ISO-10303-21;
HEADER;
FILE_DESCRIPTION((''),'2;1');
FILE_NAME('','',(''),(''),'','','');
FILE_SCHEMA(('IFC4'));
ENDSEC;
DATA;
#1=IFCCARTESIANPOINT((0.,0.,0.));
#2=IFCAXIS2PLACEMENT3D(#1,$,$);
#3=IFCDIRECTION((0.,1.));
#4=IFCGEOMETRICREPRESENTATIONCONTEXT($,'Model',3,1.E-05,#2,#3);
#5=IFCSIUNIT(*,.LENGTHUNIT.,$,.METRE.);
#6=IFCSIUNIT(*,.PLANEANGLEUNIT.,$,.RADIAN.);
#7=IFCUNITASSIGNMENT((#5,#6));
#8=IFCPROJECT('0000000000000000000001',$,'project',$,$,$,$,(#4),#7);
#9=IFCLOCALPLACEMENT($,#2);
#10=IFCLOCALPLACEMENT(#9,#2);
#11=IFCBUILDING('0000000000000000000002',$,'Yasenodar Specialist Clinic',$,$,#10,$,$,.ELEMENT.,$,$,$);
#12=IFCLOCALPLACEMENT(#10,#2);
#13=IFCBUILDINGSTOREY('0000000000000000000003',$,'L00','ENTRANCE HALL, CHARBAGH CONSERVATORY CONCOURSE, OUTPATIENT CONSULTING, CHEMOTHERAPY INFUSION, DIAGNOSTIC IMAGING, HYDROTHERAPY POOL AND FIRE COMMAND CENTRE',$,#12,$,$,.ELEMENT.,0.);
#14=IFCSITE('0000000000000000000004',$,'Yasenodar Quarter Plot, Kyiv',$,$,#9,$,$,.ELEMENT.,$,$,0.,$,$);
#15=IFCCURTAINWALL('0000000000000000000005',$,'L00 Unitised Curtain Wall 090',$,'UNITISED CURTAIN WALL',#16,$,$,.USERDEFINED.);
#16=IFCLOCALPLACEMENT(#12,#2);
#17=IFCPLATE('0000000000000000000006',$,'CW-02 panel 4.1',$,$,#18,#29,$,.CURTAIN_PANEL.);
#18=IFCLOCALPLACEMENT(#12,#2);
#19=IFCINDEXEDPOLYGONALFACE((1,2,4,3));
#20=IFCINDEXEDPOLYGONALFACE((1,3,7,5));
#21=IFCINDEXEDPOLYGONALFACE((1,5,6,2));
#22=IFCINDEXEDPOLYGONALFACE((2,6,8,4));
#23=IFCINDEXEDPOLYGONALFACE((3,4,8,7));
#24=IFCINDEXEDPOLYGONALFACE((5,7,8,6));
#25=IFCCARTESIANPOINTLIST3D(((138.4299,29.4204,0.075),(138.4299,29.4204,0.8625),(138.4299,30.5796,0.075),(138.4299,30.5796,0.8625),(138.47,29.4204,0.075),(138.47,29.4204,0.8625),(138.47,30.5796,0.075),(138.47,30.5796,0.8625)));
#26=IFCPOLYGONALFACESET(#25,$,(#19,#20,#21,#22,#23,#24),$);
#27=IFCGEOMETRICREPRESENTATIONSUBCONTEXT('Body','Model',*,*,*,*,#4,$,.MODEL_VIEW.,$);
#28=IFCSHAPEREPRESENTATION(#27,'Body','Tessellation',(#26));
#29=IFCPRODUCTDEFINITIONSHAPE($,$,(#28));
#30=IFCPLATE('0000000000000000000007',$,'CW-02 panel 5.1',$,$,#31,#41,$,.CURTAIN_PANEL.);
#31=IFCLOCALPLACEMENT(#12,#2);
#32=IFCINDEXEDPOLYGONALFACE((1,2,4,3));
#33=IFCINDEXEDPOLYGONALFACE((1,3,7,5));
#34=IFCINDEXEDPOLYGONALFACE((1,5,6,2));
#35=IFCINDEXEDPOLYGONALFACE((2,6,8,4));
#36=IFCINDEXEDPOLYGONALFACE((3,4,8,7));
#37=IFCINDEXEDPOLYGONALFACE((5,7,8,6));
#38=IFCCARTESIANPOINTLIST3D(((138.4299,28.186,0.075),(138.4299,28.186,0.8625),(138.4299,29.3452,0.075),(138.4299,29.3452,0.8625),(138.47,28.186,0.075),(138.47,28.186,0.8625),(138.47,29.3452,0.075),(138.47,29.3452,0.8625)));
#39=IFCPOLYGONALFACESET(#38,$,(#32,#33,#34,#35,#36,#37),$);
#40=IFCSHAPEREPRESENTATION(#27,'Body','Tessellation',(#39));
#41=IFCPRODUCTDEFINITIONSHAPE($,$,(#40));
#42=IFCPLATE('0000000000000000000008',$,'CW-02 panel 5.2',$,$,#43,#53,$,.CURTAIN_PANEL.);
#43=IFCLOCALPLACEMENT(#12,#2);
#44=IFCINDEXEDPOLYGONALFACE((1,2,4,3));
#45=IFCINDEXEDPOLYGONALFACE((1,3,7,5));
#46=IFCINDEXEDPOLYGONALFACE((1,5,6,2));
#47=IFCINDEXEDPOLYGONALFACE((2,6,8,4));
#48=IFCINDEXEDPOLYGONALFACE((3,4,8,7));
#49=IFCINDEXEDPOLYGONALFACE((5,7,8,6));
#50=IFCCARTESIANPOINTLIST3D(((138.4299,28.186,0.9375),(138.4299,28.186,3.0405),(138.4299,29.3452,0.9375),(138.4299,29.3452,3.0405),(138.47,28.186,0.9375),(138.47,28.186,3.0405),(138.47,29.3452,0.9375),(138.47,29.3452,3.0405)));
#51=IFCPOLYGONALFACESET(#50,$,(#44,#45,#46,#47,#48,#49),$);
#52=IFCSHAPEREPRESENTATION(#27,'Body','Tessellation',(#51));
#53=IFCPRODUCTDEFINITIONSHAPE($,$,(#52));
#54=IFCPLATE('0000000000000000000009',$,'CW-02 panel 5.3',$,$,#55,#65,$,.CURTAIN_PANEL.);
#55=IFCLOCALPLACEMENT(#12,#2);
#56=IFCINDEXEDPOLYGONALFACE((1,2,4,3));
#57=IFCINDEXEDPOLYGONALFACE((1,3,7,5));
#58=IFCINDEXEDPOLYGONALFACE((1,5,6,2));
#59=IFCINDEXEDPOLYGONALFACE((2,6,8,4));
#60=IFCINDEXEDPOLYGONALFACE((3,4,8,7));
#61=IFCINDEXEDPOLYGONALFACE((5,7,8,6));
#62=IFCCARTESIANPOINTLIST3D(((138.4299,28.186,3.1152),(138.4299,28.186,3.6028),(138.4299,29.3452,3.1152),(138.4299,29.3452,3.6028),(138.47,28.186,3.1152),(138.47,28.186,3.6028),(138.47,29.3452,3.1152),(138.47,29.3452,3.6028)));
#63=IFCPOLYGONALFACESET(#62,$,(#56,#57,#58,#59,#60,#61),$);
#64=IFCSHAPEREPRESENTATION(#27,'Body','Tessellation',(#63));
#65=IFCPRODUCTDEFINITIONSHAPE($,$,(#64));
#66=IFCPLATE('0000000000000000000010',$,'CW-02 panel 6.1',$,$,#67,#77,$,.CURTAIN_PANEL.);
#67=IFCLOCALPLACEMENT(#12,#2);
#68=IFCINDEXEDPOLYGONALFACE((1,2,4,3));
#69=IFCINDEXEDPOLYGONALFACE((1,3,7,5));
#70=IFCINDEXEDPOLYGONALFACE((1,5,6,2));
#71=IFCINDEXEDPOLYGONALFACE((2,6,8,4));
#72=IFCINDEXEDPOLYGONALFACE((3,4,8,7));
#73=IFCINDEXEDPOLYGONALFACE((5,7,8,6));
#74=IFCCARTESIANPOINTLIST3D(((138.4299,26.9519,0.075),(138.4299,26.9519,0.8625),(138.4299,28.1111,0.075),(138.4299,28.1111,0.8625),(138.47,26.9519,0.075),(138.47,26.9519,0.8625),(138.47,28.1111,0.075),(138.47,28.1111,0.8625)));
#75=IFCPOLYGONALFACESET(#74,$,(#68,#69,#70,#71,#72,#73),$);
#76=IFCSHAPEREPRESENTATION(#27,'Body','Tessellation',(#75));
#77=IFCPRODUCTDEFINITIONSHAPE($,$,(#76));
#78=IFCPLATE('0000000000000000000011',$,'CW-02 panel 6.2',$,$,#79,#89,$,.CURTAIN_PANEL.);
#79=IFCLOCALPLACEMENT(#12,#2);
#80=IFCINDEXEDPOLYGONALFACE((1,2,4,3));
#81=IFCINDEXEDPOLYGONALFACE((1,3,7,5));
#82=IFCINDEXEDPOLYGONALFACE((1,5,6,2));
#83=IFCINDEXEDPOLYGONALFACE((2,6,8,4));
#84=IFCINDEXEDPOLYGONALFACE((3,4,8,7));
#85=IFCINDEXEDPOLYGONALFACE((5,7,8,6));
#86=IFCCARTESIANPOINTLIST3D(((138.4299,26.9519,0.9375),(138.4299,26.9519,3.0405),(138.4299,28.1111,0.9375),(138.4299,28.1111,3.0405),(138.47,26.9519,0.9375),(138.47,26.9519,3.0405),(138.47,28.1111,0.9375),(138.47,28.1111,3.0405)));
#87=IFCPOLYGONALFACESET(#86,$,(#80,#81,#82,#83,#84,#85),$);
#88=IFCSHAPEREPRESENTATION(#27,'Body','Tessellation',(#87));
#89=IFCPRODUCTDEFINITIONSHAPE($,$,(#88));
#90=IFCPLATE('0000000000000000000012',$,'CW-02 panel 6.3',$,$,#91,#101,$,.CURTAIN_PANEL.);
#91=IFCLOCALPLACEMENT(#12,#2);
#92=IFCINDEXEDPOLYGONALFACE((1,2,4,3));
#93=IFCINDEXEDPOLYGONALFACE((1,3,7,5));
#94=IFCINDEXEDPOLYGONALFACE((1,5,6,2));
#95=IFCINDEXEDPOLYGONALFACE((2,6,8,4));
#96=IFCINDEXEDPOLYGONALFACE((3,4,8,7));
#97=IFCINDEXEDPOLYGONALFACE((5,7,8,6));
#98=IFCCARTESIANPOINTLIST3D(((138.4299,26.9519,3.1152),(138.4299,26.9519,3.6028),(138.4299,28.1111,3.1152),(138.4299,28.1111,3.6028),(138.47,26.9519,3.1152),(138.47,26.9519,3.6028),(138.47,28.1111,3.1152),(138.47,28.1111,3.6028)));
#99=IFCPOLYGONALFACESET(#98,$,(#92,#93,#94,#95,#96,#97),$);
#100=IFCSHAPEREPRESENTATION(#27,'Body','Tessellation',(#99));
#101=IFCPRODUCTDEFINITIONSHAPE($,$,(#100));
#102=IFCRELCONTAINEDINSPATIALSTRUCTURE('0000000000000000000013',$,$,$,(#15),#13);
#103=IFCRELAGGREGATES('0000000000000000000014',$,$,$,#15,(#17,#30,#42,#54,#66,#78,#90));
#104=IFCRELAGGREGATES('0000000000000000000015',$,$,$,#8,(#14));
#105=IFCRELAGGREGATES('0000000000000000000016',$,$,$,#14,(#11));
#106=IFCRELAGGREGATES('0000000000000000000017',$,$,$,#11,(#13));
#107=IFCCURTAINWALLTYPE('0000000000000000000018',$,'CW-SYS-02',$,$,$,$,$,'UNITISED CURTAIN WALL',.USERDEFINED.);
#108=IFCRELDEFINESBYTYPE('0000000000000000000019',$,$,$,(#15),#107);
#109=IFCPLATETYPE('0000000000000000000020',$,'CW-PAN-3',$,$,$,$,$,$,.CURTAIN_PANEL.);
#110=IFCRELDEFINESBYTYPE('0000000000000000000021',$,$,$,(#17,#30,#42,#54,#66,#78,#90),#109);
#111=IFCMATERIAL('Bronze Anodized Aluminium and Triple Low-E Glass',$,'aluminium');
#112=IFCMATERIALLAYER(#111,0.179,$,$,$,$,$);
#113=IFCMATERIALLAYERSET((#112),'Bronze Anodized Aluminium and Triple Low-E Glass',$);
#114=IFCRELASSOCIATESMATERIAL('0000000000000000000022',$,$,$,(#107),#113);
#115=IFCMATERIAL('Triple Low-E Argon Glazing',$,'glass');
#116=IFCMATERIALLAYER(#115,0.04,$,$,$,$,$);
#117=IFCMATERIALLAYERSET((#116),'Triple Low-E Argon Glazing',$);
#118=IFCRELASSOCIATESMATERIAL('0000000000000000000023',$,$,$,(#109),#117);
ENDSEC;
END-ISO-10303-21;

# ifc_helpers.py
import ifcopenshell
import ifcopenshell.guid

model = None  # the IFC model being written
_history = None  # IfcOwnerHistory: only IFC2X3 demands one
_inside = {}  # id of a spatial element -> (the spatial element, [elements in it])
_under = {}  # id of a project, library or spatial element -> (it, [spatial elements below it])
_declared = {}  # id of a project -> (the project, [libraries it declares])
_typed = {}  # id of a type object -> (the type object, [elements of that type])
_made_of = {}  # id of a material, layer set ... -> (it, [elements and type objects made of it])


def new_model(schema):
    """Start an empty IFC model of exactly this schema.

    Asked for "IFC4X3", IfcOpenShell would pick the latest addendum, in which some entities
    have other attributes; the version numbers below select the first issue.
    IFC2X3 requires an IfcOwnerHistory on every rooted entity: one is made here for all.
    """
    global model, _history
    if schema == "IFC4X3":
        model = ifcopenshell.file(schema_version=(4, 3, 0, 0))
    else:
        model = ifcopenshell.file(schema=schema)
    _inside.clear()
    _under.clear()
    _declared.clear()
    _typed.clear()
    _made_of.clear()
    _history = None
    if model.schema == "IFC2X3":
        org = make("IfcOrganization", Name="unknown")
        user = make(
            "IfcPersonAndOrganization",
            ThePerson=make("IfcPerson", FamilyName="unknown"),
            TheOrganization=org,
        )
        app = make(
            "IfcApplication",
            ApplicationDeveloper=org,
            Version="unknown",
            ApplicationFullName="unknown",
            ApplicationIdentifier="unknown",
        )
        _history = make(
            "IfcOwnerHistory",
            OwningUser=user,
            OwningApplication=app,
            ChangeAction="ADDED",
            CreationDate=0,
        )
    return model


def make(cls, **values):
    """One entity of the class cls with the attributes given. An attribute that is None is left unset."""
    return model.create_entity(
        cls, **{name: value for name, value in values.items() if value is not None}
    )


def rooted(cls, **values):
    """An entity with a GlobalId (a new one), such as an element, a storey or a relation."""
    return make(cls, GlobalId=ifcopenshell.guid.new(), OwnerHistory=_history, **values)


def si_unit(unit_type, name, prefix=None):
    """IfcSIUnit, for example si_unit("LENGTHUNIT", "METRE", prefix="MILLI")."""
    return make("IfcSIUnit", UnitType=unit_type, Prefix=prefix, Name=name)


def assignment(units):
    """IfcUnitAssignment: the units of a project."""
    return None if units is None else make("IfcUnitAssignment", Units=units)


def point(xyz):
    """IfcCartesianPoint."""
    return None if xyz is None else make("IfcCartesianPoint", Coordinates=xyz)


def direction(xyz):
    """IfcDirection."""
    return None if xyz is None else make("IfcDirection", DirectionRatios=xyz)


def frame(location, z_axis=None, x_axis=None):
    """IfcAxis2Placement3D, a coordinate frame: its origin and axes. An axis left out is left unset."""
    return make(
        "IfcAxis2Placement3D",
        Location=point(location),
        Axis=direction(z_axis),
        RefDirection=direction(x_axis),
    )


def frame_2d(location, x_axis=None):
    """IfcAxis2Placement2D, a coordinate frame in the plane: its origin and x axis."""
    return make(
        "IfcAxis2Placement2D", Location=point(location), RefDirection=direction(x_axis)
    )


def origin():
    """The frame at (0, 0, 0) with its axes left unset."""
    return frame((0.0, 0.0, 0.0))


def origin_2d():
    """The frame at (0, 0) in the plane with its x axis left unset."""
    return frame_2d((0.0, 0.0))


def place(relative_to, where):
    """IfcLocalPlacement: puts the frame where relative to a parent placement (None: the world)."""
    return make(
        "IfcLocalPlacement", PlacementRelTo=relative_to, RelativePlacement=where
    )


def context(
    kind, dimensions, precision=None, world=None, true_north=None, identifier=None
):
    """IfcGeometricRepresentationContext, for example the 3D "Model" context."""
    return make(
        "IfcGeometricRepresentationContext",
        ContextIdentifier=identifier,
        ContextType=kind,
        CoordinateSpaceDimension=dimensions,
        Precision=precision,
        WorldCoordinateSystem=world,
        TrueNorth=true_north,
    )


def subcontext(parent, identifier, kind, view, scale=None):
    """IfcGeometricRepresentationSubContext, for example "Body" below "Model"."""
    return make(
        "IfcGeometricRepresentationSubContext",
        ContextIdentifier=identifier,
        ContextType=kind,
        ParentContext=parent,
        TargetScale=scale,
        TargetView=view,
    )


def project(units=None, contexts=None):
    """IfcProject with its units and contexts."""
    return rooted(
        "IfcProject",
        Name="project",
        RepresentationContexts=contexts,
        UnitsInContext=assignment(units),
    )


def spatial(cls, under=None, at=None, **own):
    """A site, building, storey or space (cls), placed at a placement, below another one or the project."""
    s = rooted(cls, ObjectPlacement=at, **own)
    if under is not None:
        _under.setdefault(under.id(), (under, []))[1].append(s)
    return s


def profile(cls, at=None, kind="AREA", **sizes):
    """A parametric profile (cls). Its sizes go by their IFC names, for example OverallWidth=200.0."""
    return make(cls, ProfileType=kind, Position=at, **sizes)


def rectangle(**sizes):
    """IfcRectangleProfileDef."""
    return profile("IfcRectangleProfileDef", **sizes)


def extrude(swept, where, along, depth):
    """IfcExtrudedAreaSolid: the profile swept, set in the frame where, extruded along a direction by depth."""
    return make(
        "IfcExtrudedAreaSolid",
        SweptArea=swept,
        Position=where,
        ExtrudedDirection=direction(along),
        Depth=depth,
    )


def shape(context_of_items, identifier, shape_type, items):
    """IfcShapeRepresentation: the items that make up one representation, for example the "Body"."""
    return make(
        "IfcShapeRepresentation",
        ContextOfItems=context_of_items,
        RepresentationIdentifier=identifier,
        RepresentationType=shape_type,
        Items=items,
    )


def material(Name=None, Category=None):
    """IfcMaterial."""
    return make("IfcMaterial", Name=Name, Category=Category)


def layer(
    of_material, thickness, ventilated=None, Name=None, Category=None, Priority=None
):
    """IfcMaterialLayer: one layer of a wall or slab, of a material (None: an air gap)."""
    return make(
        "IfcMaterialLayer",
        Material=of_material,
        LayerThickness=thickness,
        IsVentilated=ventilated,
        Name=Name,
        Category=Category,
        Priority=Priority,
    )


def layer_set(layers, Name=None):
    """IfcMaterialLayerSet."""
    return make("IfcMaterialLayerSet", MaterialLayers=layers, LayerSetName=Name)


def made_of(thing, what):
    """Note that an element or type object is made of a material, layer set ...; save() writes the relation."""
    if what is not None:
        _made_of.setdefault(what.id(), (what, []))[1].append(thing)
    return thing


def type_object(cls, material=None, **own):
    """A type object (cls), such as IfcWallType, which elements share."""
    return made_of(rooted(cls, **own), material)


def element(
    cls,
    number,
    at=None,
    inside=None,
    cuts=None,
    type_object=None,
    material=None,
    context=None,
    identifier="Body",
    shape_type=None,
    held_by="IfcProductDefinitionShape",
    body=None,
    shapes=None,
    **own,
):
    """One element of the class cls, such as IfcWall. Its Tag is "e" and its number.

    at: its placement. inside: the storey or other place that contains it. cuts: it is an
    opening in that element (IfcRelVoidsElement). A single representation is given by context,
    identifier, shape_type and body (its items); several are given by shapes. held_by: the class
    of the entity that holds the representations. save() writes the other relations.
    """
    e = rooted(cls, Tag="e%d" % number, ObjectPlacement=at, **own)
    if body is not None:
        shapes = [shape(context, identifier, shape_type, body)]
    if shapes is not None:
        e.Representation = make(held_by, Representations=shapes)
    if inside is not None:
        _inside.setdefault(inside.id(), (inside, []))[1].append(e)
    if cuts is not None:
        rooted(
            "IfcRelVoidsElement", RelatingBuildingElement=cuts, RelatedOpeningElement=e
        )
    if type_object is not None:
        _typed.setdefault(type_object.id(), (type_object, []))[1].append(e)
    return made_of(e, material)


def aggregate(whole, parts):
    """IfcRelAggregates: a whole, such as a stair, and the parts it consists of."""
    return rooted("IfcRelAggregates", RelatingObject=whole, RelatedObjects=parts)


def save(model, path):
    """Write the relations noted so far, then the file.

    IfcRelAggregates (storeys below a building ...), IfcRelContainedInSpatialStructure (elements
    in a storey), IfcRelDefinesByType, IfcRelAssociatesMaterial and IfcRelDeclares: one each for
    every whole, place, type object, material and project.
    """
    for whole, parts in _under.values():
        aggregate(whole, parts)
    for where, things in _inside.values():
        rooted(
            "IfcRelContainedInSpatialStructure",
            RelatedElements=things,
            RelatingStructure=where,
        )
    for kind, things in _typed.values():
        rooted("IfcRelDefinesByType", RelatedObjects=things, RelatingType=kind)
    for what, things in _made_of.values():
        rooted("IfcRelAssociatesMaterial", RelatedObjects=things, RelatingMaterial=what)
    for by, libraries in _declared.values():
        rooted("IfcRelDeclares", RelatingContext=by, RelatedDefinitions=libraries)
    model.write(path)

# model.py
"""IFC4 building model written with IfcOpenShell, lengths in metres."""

from ifc_helpers import new_model, si_unit, direction, frame, origin, origin_2d, place, context, subcontext, project, spatial, rectangle, extrude, material, layer, layer_set, type_object, element, aggregate, save


model = new_model("IFC4")

# Units and contexts
model_context = context("Model", 3, precision=1e-05, world=origin(), true_north=direction((0.0, 1.0)))
body_context = subcontext(model_context, "Body", "Model", "MODEL_VIEW")
ifc_project = project(units=[si_unit("LENGTHUNIT", "METRE"), si_unit("PLANEANGLEUNIT", "RADIAN")], contexts=[model_context])

# Site, building, storey
site_placement = place(None, origin())
site = spatial("IfcSite", under=ifc_project, at=site_placement, Name="Yasenodar Quarter Plot, Kyiv", CompositionType="ELEMENT", RefElevation=0.0)
building_placement = place(site_placement, origin())
building = spatial("IfcBuilding", under=site, at=building_placement, Name="Yasenodar Specialist Clinic", CompositionType="ELEMENT")
storey_placement = place(building_placement, origin())
storey = spatial("IfcBuildingStorey", under=building, at=storey_placement, Name="L00", Description="ENTRANCE HALL, CHARBAGH CONSERVATORY CONCOURSE, OUTPATIENT CONSULTING, CHEMOTHERAPY INFUSION, DIAGNOSTIC IMAGING, HYDROTHERAPY POOL AND FIRE COMMAND CENTRE", CompositionType="ELEMENT", Elevation=0.0)

# Curtain wall, plates
ifc_material_1 = material(Name="Bronze Anodized Aluminium and Triple Low-E Glass", Category="aluminium")
ifc_layer_1 = layer(ifc_material_1, 0.179)
ifc_layer_set_1 = layer_set([ifc_layer_1], Name="Bronze Anodized Aluminium and Triple Low-E Glass")
curtain_wall_type = type_object("IfcCurtainWallType", Name="CW-SYS-02", ElementType="UNITISED CURTAIN WALL", PredefinedType="USERDEFINED", material=ifc_layer_set_1)
curtain_wall_placement = place(storey_placement, origin())
curtain_wall = element("IfcCurtainWall", 1, at=curtain_wall_placement, inside=storey, type_object=curtain_wall_type, Name="L00 Unitised Curtain Wall 090", ObjectType="UNITISED CURTAIN WALL", PredefinedType="USERDEFINED")
ifc_material_2 = material(Name="Triple Low-E Argon Glazing", Category="glass")
ifc_layer_2 = layer(ifc_material_2, 0.04)
ifc_layer_set_2 = layer_set([ifc_layer_2], Name="Triple Low-E Argon Glazing")
plate_type = type_object("IfcPlateType", Name="CW-PAN-3", PredefinedType="CURTAIN_PANEL", material=ifc_layer_set_2)
plate_1_placement = place(storey_placement, frame((138.45, 30.0, 0.075), z_axis=(0.0, 0.0, 1.0), x_axis=(0.0, -1.0, 0.0)))
plate_1 = element("IfcPlate", 2, at=plate_1_placement, type_object=plate_type, Name="CW-02 panel 4.1", PredefinedType="CURTAIN_PANEL", context=body_context, shape_type="SweptSolid", body=[
    extrude(rectangle(XDim=1.1592, YDim=0.04, at=origin_2d()), origin(), (0.0, 0.0, 1.0), 0.7876),
])
plate_2_placement = place(storey_placement, frame((138.45, 28.7656, 0.075), z_axis=(0.0, 0.0, 1.0), x_axis=(0.0, -1.0, 0.0)))
plate_2 = element("IfcPlate", 3, at=plate_2_placement, type_object=plate_type, Name="CW-02 panel 5.1", PredefinedType="CURTAIN_PANEL", context=body_context, shape_type="SweptSolid", body=[
    extrude(rectangle(XDim=1.1592, YDim=0.04, at=origin_2d()), origin(), (0.0, 0.0, 1.0), 0.7876),
])
plate_3_placement = place(storey_placement, frame((138.45, 28.7656, 0.9375), z_axis=(0.0, 0.0, 1.0), x_axis=(0.0, -1.0, 0.0)))
plate_3 = element("IfcPlate", 4, at=plate_3_placement, type_object=plate_type, Name="CW-02 panel 5.2", PredefinedType="CURTAIN_PANEL", context=body_context, shape_type="SweptSolid", body=[
    extrude(rectangle(XDim=1.1592, YDim=0.04, at=origin_2d()), origin(), (0.0, 0.0, 1.0), 2.103),
])
plate_4_placement = place(storey_placement, frame((138.45, 28.7656, 3.1152), z_axis=(0.0, 0.0, 1.0), x_axis=(0.0, -1.0, 0.0)))
plate_4 = element("IfcPlate", 5, at=plate_4_placement, type_object=plate_type, Name="CW-02 panel 5.3", PredefinedType="CURTAIN_PANEL", context=body_context, shape_type="SweptSolid", body=[
    extrude(rectangle(XDim=1.1592, YDim=0.04, at=origin_2d()), origin(), (0.0, 0.0, 1.0), 0.4875),
])
plate_5_placement = place(storey_placement, frame((138.45, 27.5315, 0.075), z_axis=(0.0, 0.0, 1.0), x_axis=(0.0, -1.0, 0.0)))
plate_5 = element("IfcPlate", 6, at=plate_5_placement, type_object=plate_type, Name="CW-02 panel 6.1", PredefinedType="CURTAIN_PANEL", context=body_context, shape_type="SweptSolid", body=[
    extrude(rectangle(XDim=1.1592, YDim=0.04, at=origin_2d()), origin(), (0.0, 0.0, 1.0), 0.7876),
])
plate_6_placement = place(storey_placement, frame((138.45, 27.5315, 0.9375), z_axis=(0.0, 0.0, 1.0), x_axis=(0.0, -1.0, 0.0)))
plate_6 = element("IfcPlate", 7, at=plate_6_placement, type_object=plate_type, Name="CW-02 panel 6.2", PredefinedType="CURTAIN_PANEL", context=body_context, shape_type="SweptSolid", body=[
    extrude(rectangle(XDim=1.1592, YDim=0.04, at=origin_2d()), origin(), (0.0, 0.0, 1.0), 2.103),
])
plate_7_placement = place(storey_placement, frame((138.45, 27.5315, 3.1152), z_axis=(0.0, 0.0, 1.0), x_axis=(0.0, -1.0, 0.0)))
plate_7 = element("IfcPlate", 8, at=plate_7_placement, type_object=plate_type, Name="CW-02 panel 6.3", PredefinedType="CURTAIN_PANEL", context=body_context, shape_type="SweptSolid", body=[
    extrude(rectangle(XDim=1.1592, YDim=0.04, at=origin_2d()), origin(), (0.0, 0.0, 1.0), 0.4875),
])
aggregate(curtain_wall, [plate_1, plate_2, plate_3, plate_4, plate_5, plate_6, plate_7])

save(model, "model.ifc")
